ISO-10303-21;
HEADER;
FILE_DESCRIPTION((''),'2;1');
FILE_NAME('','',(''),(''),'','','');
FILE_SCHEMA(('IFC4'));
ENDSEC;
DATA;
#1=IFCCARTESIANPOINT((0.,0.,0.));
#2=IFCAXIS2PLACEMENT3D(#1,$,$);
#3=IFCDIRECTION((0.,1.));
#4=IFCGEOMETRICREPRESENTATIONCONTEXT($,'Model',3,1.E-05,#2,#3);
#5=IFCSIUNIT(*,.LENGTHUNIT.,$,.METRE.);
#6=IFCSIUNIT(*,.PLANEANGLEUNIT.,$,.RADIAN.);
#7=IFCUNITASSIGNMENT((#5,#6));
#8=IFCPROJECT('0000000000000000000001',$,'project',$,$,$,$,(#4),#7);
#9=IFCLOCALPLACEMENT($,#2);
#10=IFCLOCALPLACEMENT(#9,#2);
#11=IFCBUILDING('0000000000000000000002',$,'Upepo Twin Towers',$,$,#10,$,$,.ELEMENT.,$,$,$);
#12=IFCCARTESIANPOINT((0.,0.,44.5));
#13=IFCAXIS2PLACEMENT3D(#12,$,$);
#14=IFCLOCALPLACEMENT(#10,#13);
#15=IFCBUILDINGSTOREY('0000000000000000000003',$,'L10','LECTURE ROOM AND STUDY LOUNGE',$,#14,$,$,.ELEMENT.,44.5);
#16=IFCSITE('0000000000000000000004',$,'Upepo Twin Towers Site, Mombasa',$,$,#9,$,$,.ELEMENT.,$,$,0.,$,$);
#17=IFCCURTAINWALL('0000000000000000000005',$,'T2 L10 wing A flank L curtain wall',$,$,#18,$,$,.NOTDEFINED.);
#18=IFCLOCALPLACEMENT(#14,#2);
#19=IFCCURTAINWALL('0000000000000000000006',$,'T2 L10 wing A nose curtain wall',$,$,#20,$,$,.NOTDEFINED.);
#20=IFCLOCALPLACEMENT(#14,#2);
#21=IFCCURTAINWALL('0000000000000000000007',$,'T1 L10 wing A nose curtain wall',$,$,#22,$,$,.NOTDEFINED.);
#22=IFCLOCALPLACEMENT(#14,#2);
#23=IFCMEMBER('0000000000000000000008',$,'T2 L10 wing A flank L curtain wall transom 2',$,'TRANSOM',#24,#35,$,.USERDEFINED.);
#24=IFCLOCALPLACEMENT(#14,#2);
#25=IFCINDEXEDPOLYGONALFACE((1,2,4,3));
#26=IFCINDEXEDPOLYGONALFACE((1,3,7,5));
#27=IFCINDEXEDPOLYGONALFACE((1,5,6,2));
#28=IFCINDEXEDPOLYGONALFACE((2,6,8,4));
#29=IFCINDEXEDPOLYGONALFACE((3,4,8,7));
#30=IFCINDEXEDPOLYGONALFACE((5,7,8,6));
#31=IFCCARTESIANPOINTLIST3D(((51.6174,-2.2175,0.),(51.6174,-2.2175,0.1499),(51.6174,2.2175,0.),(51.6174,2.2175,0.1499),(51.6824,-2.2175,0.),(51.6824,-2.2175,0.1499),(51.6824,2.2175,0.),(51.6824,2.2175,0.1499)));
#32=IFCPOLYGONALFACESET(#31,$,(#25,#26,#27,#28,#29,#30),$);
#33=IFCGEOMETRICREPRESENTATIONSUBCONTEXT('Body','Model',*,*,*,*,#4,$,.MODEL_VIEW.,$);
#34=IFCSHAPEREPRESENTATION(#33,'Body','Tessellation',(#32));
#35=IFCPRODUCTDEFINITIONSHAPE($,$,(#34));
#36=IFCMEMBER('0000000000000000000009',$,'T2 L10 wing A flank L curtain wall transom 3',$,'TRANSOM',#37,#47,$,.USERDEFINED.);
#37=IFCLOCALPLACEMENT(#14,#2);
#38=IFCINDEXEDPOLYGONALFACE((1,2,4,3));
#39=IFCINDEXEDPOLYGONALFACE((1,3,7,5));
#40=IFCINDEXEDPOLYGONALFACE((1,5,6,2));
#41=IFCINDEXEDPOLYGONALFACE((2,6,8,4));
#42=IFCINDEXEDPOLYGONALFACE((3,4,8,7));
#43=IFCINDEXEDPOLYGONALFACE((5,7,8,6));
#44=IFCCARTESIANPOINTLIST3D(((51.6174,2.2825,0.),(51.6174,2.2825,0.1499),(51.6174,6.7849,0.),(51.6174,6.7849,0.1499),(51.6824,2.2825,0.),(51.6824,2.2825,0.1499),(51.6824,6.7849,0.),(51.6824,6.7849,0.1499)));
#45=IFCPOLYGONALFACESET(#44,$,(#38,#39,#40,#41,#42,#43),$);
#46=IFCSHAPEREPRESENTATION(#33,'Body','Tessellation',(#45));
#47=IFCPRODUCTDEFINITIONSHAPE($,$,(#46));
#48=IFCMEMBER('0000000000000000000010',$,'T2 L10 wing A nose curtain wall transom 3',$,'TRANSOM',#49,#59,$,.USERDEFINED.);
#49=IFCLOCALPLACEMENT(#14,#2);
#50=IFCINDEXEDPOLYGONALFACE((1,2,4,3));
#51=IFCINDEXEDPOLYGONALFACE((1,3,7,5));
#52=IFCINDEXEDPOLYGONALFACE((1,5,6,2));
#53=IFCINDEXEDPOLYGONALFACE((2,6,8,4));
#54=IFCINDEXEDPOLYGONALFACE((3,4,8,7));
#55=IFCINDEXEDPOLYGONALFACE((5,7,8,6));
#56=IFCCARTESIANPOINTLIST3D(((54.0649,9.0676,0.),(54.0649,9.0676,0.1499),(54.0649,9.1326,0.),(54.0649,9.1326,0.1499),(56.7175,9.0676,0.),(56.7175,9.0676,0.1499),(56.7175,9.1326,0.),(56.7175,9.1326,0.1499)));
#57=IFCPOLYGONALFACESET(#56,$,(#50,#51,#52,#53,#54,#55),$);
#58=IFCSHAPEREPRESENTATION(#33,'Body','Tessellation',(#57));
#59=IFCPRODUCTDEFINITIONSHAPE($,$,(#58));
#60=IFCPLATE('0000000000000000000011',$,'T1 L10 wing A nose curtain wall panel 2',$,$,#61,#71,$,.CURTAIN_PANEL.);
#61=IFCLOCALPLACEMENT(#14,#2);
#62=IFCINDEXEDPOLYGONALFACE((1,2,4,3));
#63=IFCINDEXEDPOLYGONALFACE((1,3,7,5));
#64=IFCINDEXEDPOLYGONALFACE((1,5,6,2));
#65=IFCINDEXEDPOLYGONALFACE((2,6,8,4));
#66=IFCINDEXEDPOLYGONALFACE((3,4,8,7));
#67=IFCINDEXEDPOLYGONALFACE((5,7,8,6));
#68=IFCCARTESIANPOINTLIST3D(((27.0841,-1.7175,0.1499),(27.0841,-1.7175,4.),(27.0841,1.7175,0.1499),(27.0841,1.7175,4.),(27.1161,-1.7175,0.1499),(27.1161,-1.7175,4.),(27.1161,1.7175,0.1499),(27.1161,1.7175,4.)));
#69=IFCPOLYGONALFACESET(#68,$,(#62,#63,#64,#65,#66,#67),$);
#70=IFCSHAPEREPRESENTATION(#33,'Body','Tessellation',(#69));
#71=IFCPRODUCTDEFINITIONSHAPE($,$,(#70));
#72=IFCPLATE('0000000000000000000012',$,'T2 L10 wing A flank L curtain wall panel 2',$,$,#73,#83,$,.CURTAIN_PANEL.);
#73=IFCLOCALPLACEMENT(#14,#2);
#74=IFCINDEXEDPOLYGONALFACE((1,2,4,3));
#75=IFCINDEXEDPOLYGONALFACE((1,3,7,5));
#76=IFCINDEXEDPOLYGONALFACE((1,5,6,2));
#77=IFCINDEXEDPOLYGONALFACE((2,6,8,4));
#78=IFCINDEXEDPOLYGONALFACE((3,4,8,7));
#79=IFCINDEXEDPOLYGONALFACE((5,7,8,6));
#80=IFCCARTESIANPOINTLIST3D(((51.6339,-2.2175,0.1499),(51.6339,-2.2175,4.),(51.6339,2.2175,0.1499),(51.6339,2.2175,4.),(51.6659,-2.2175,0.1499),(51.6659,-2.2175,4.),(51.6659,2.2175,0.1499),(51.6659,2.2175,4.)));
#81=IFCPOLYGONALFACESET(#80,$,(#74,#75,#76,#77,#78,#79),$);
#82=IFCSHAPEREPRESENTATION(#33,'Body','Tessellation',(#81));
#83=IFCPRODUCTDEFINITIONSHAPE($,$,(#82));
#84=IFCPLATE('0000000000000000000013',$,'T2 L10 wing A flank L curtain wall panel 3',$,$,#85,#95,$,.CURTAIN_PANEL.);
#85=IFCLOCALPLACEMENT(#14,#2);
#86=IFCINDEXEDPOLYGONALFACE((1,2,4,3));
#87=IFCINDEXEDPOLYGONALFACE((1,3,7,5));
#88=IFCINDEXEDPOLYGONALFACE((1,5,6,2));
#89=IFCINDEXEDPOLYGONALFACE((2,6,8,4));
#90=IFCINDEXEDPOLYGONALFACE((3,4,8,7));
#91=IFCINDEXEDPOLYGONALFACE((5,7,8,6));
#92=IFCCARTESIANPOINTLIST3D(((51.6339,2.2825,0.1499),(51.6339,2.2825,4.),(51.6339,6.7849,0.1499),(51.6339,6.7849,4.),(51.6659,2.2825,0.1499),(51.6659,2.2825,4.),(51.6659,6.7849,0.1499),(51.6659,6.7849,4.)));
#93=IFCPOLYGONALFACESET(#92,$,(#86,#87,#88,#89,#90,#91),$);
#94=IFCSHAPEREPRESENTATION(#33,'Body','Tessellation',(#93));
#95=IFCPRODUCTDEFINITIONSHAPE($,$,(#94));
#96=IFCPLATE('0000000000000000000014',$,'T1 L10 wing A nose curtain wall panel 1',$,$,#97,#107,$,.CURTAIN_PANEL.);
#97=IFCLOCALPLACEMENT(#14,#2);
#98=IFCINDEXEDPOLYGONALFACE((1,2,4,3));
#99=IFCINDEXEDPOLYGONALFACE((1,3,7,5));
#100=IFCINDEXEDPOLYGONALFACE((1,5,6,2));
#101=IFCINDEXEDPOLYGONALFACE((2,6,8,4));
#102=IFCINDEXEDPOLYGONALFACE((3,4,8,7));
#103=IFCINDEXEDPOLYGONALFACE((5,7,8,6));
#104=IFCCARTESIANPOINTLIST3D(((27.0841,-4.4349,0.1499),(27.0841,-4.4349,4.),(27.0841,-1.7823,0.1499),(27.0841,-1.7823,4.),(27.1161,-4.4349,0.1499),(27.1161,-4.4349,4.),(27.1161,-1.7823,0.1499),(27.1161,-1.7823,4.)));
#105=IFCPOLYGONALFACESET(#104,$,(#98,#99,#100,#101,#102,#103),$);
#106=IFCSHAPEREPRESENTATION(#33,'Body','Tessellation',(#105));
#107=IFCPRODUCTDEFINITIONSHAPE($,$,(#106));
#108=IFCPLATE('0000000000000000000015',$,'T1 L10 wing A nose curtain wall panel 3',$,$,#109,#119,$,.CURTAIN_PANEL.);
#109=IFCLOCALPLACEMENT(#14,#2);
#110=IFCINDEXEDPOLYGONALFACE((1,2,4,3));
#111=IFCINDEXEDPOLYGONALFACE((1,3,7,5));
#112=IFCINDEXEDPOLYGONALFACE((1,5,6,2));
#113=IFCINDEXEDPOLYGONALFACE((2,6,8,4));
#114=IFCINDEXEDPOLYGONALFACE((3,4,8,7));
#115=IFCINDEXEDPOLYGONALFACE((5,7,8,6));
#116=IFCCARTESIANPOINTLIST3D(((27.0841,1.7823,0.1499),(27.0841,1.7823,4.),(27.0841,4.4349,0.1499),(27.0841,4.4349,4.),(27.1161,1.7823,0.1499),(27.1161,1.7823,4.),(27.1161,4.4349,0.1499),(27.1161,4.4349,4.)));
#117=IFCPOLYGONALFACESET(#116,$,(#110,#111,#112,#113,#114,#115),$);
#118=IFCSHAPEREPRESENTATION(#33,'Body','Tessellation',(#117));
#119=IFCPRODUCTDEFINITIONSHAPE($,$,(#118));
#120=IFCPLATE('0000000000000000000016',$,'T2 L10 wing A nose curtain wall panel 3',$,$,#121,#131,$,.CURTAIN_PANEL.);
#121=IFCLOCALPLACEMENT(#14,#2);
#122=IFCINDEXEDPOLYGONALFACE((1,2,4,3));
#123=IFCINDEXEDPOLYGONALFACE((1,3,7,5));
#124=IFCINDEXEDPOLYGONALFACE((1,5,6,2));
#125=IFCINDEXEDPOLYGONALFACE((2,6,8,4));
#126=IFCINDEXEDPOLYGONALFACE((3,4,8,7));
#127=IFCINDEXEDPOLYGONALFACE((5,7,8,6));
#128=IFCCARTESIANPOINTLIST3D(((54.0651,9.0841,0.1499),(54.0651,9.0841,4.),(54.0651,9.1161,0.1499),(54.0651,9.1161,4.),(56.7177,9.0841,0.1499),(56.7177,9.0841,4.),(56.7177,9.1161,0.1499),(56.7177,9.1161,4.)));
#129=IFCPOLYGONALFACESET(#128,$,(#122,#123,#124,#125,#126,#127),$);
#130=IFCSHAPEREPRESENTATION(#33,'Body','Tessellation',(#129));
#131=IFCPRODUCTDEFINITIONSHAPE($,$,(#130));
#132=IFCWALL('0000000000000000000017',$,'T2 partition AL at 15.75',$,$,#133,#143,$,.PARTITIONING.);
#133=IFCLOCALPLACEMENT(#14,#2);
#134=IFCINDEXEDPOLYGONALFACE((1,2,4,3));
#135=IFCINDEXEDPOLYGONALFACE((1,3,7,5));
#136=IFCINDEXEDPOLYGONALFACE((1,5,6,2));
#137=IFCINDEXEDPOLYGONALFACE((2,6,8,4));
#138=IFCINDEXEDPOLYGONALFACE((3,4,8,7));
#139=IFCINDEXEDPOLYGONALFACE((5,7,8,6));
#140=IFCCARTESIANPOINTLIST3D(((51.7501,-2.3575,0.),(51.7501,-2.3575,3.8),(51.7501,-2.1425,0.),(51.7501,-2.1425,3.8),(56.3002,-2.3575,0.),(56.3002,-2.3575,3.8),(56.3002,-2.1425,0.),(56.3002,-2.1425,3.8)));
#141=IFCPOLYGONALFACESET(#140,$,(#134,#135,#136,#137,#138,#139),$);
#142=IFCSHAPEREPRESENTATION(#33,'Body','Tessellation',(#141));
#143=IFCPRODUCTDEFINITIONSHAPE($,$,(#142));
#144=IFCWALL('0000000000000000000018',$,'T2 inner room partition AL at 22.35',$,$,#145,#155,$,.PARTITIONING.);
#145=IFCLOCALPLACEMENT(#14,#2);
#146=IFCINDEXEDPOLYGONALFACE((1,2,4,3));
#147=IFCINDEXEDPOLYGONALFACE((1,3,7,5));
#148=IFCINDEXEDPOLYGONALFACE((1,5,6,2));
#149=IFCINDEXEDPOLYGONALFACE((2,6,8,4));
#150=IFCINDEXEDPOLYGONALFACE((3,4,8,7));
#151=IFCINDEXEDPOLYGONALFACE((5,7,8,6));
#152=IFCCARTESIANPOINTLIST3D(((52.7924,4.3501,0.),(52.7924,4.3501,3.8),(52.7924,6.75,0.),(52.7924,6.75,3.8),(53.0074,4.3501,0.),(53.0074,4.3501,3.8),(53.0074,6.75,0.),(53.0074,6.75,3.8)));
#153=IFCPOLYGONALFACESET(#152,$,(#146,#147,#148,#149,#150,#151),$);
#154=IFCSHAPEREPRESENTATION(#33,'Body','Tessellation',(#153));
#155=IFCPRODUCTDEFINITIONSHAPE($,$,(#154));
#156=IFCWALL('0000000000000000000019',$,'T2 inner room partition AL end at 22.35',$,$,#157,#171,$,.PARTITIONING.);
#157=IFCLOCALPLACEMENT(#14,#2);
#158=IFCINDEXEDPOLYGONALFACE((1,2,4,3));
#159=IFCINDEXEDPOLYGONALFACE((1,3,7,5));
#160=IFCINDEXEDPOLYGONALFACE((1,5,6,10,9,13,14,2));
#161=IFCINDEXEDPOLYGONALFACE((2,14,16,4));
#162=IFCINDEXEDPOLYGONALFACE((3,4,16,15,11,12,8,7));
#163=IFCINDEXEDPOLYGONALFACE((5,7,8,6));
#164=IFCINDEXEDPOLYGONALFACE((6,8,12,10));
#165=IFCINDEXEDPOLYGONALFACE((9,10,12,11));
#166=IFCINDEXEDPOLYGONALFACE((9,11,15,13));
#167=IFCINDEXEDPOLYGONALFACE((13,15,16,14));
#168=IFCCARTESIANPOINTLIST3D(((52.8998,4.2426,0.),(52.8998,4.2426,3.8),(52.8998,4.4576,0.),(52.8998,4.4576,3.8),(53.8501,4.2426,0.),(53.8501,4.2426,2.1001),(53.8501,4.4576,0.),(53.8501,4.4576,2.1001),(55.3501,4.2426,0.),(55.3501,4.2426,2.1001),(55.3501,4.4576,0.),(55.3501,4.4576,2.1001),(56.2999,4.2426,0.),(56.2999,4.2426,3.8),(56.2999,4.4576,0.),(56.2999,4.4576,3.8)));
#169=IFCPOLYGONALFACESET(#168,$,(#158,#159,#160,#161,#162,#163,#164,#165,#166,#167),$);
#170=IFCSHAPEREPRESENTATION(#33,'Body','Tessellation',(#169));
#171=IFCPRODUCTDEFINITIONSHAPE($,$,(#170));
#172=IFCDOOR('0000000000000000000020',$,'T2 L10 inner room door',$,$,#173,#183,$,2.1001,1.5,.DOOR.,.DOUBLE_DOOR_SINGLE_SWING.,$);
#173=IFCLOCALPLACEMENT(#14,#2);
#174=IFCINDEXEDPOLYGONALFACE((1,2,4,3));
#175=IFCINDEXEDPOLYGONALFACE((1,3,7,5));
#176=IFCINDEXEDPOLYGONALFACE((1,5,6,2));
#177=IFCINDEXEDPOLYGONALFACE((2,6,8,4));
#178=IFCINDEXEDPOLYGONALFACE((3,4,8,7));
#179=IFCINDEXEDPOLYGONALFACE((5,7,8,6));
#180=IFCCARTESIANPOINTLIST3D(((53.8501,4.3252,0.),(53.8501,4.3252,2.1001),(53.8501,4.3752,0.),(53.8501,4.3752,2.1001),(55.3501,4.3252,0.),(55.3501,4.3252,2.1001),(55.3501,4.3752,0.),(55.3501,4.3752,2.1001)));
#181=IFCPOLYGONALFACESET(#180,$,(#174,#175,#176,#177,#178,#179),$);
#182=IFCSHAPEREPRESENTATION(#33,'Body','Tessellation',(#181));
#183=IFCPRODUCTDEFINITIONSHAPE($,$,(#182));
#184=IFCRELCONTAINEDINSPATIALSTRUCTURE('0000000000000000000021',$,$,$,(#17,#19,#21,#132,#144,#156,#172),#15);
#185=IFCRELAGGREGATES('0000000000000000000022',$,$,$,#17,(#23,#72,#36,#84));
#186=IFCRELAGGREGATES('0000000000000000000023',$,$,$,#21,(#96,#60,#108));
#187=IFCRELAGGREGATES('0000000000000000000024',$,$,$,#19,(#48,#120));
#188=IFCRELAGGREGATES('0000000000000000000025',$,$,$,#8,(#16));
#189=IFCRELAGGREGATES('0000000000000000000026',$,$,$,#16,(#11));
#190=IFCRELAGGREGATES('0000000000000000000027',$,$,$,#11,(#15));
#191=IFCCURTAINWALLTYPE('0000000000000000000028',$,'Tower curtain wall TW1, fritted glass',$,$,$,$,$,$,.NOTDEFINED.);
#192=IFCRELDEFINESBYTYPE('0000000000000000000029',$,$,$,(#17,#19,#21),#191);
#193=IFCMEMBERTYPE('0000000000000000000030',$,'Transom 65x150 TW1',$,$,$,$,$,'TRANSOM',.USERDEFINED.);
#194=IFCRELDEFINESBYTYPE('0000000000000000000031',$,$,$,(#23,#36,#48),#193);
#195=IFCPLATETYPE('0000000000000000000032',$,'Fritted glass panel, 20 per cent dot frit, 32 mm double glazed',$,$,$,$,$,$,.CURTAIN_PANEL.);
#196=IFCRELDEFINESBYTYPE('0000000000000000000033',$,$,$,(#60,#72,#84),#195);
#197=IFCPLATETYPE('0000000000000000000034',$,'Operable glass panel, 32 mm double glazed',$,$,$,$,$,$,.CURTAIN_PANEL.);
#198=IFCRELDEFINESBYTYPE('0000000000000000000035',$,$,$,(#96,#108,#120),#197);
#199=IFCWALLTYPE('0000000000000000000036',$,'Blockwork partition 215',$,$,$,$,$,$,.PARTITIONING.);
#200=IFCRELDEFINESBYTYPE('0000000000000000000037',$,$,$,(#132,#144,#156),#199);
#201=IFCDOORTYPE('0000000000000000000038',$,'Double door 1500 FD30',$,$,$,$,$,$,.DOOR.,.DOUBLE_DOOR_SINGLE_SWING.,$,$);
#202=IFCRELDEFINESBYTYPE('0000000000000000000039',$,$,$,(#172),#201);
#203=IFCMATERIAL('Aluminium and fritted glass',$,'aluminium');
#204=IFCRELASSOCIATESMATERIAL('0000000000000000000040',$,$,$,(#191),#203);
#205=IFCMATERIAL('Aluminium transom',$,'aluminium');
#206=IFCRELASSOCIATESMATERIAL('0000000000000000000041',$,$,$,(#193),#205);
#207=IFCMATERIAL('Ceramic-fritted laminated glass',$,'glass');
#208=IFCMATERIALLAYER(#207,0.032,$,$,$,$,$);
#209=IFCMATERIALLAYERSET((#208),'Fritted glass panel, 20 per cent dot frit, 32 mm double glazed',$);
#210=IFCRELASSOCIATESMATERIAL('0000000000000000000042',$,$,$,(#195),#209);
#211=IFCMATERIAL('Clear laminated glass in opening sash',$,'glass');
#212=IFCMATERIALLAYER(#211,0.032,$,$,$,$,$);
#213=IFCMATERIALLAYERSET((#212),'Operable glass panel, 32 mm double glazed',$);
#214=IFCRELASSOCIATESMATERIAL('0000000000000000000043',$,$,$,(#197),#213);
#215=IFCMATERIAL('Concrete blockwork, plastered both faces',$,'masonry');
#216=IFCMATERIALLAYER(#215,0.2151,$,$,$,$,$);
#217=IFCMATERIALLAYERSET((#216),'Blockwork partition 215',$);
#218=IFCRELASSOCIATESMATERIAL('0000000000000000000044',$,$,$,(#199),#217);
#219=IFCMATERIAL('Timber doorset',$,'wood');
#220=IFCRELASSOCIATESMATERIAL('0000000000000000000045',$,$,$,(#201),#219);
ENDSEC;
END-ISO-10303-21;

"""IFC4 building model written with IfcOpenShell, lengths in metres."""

from ifc_helpers import new_model, si_unit, direction, frame, frame_2d, origin, origin_2d, place, context, subcontext, project, spatial, rectangle, extrude, material, layer, layer_set, material_profile, profile_set, type_object, element, fill, aggregate, save


model = new_model("IFC4")

# Units and contexts
model_context = context("Model", 3, precision=1e-05, world=origin(), true_north=direction((0.0, 1.0)))
body_context = subcontext(model_context, "Body", "Model", "MODEL_VIEW")
ifc_project = project(units=[si_unit("LENGTHUNIT", "METRE"), si_unit("PLANEANGLEUNIT", "RADIAN")], contexts=[model_context])

# Site, building, storey
site_placement = place(None, origin())
site = spatial("IfcSite", under=ifc_project, at=site_placement, Name="Upepo Twin Towers Site, Mombasa", CompositionType="ELEMENT", RefElevation=0.0)
building_placement = place(site_placement, origin())
building = spatial("IfcBuilding", under=site, at=building_placement, Name="Upepo Twin Towers", CompositionType="ELEMENT")
storey_placement = place(building_placement, frame((0.0, 0.0, 44.5)))
storey = spatial("IfcBuildingStorey", under=building, at=storey_placement, Name="L10", Description="LECTURE ROOM AND STUDY LOUNGE", CompositionType="ELEMENT", Elevation=44.5)

# Curtain walls
ifc_material_1 = material(Name="Aluminium and fritted glass", Category="aluminium")
curtain_wall_type = type_object("IfcCurtainWallType", Name="Tower curtain wall TW1, fritted glass", PredefinedType="NOTDEFINED", material=ifc_material_1)
curtain_wall_1_placement = place(storey_placement, origin())
curtain_wall_1 = element("IfcCurtainWall", 1, at=curtain_wall_1_placement, inside=storey, type_object=curtain_wall_type, Name="T2 L10 wing A flank L curtain wall", PredefinedType="NOTDEFINED")
curtain_wall_2_placement = place(storey_placement, origin())
curtain_wall_2 = element("IfcCurtainWall", 2, at=curtain_wall_2_placement, inside=storey, type_object=curtain_wall_type, Name="T2 L10 wing A nose curtain wall", PredefinedType="NOTDEFINED")
curtain_wall_3_placement = place(storey_placement, origin())
curtain_wall_3 = element("IfcCurtainWall", 3, at=curtain_wall_3_placement, inside=storey, type_object=curtain_wall_type, Name="T1 L10 wing A nose curtain wall", PredefinedType="NOTDEFINED")
ifc_material_2 = material(Name="Aluminium transom", Category="aluminium")
ifc_material_profile_1 = material_profile(ifc_material_2, rectangle(XDim=0.0649, YDim=0.1499, at=origin_2d()), Name="TRANSOM 65x150")
ifc_profile_set_1 = profile_set([ifc_material_profile_1], Name="Aluminium transom")
member_type_1 = type_object("IfcMemberType", Name="Transom 65x150 TW1", ElementType="TRANSOM", PredefinedType="USERDEFINED", material=ifc_profile_set_1)

# Members
member_1_placement = place(storey_placement, frame((51.6499, -2.2175, 0.075), z_axis=(0.0, 1.0, 0.0), x_axis=(-1.0, 0.0, 0.0)))
member_1 = element("IfcMember", 4, at=member_1_placement, type_object=member_type_1, Name="T2 L10 wing A flank L curtain wall transom 2", ObjectType="TRANSOM", PredefinedType="USERDEFINED", context=body_context, shape_type="SweptSolid", body=[
    extrude(rectangle(XDim=0.0649, YDim=0.1499, at=origin_2d()), origin(), (0.0, 0.0, 1.0), 4.4351),
])
member_2_placement = place(storey_placement, frame((51.6499, 2.2825, 0.075), z_axis=(0.0, 1.0, 0.0), x_axis=(-1.0, 0.0, 0.0)))
member_2 = element("IfcMember", 5, at=member_2_placement, type_object=member_type_1, Name="T2 L10 wing A flank L curtain wall transom 3", ObjectType="TRANSOM", PredefinedType="USERDEFINED", context=body_context, shape_type="SweptSolid", body=[
    extrude(rectangle(XDim=0.0649, YDim=0.1499, at=origin_2d()), origin(), (0.0, 0.0, 1.0), 4.5024),
])
member_3_placement = place(storey_placement, frame((56.7175, 9.1001, 0.075), z_axis=(-1.0, 0.0, 0.0), x_axis=(0.0, -1.0, 0.0)))
member_3 = element("IfcMember", 6, at=member_3_placement, type_object=member_type_1, Name="T2 L10 wing A nose curtain wall transom 3", ObjectType="TRANSOM", PredefinedType="USERDEFINED", context=body_context, shape_type="SweptSolid", body=[
    extrude(rectangle(XDim=0.0649, YDim=0.1499, at=origin_2d()), origin(), (0.0, 0.0, 1.0), 2.6526),
])

# Plates
ifc_material_3 = material(Name="Ceramic-fritted laminated glass", Category="glass")
ifc_layer_1 = layer(ifc_material_3, 0.032)
ifc_layer_set_1 = layer_set([ifc_layer_1], Name="Fritted glass panel, 20 per cent dot frit, 32 mm double glazed")
plate_type_1 = type_object("IfcPlateType", Name="Fritted glass panel, 20 per cent dot frit, 32 mm double glazed", PredefinedType="CURTAIN_PANEL", material=ifc_layer_set_1)
plate_1_placement = place(storey_placement, frame((27.1001, 0.0, 0.1499), z_axis=(0.0, 0.0, 1.0), x_axis=(0.0, 1.0, 0.0)))
plate_1 = element("IfcPlate", 7, at=plate_1_placement, type_object=plate_type_1, Name="T1 L10 wing A nose curtain wall panel 2", PredefinedType="CURTAIN_PANEL", context=body_context, shape_type="SweptSolid", body=[
    extrude(rectangle(XDim=3.4351, YDim=0.032, at=origin_2d()), origin(), (0.0, 0.0, 1.0), 3.8501),
])
plate_2_placement = place(storey_placement, frame((51.6499, 0.0, 0.1499), z_axis=(0.0, 0.0, 1.0), x_axis=(0.0, 1.0, 0.0)))
plate_2 = element("IfcPlate", 8, at=plate_2_placement, type_object=plate_type_1, Name="T2 L10 wing A flank L curtain wall panel 2", PredefinedType="CURTAIN_PANEL", context=body_context, shape_type="SweptSolid", body=[
    extrude(rectangle(XDim=4.4351, YDim=0.032, at=origin_2d()), origin(), (0.0, 0.0, 1.0), 3.8501),
])
plate_3_placement = place(storey_placement, frame((51.6499, 4.5337, 0.1499), z_axis=(0.0, 0.0, 1.0), x_axis=(0.0, 1.0, 0.0)))
plate_3 = element("IfcPlate", 9, at=plate_3_placement, type_object=plate_type_1, Name="T2 L10 wing A flank L curtain wall panel 3", PredefinedType="CURTAIN_PANEL", context=body_context, shape_type="SweptSolid", body=[
    extrude(rectangle(XDim=4.5024, YDim=0.032, at=origin_2d()), origin(), (0.0, 0.0, 1.0), 3.8501),
])
aggregate(curtain_wall_1, [member_1, plate_2, member_2, plate_3])
ifc_material_4 = material(Name="Clear laminated glass in opening sash", Category="glass")
ifc_layer_2 = layer(ifc_material_4, 0.032)
ifc_layer_set_2 = layer_set([ifc_layer_2], Name="Operable glass panel, 32 mm double glazed")
plate_type_2 = type_object("IfcPlateType", Name="Operable glass panel, 32 mm double glazed", PredefinedType="CURTAIN_PANEL", material=ifc_layer_set_2)
plate_4_placement = place(storey_placement, frame((27.1001, -3.1086, 0.1499), z_axis=(0.0, 0.0, 1.0), x_axis=(0.0, 1.0, 0.0)))
plate_4 = element("IfcPlate", 10, at=plate_4_placement, type_object=plate_type_2, Name="T1 L10 wing A nose curtain wall panel 1", PredefinedType="CURTAIN_PANEL", context=body_context, shape_type="SweptSolid", body=[
    extrude(rectangle(XDim=2.6526, YDim=0.032, at=origin_2d()), origin(), (0.0, 0.0, 1.0), 3.8501),
])
plate_5_placement = place(storey_placement, frame((27.1001, 3.1086, 0.1499), z_axis=(0.0, 0.0, 1.0), x_axis=(0.0, 1.0, 0.0)))
plate_5 = element("IfcPlate", 11, at=plate_5_placement, type_object=plate_type_2, Name="T1 L10 wing A nose curtain wall panel 3", PredefinedType="CURTAIN_PANEL", context=body_context, shape_type="SweptSolid", body=[
    extrude(rectangle(XDim=2.6526, YDim=0.032, at=origin_2d()), origin(), (0.0, 0.0, 1.0), 3.8501),
])
aggregate(curtain_wall_3, [plate_4, plate_1, plate_5])
plate_6_placement = place(storey_placement, frame((55.3914, 9.1001, 0.1499), z_axis=(0.0, 0.0, 1.0), x_axis=(-1.0, 0.0, 0.0)))
plate_6 = element("IfcPlate", 12, at=plate_6_placement, type_object=plate_type_2, Name="T2 L10 wing A nose curtain wall panel 3", PredefinedType="CURTAIN_PANEL", context=body_context, shape_type="SweptSolid", body=[
    extrude(rectangle(XDim=2.6526, YDim=0.032, at=origin_2d()), origin(), (0.0, 0.0, 1.0), 3.8501),
])
aggregate(curtain_wall_2, [member_3, plate_6])

# Walls
ifc_material_5 = material(Name="Concrete blockwork, plastered both faces", Category="masonry")
ifc_layer_3 = layer(ifc_material_5, 0.2151)
ifc_layer_set_3 = layer_set([ifc_layer_3], Name="Blockwork partition 215")
wall_type_1 = type_object("IfcWallType", Name="Blockwork partition 215", PredefinedType="PARTITIONING", material=ifc_layer_set_3)
wall_1_placement = place(storey_placement, frame((56.3, -2.25, 0.0), z_axis=(0.0, 0.0, 1.0), x_axis=(-1.0, 0.0, 0.0)))
element("IfcWall", 13, at=wall_1_placement, inside=storey, type_object=wall_type_1, Name="T2 partition AL at 15.75", PredefinedType="PARTITIONING", context=body_context, shape_type="SweptSolid", body=[
    extrude(rectangle(XDim=4.55, YDim=0.2151, at=frame_2d((2.2749, 0.0))), origin(), (0.0, 0.0, 1.0), 3.8),
])
wall_2_placement = place(storey_placement, frame((52.8999, 4.3501, 0.0), z_axis=(0.0, 0.0, 1.0), x_axis=(0.0, 1.0, 0.0)))
element("IfcWall", 14, at=wall_2_placement, inside=storey, type_object=wall_type_1, Name="T2 inner room partition AL at 22.35", PredefinedType="PARTITIONING", context=body_context, shape_type="SweptSolid", body=[
    extrude(rectangle(XDim=2.3999, YDim=0.2151, at=frame_2d((1.2, 0.0))), origin(), (0.0, 0.0, 1.0), 3.8),
])

# Wall, opening, door
wall_3_placement = place(storey_placement, frame((56.3, 4.3501, 0.0), z_axis=(0.0, 0.0, 1.0), x_axis=(-1.0, 0.0, 0.0)))
wall_3 = element("IfcWall", 15, at=wall_3_placement, inside=storey, type_object=wall_type_1, Name="T2 inner room partition AL end at 22.35", PredefinedType="PARTITIONING", context=body_context, shape_type="SweptSolid", body=[
    extrude(rectangle(XDim=3.4001, YDim=0.2151, at=frame_2d((1.7002, 0.0))), origin(), (0.0, 0.0, 1.0), 3.8),
])
opening_placement = place(wall_3_placement, frame((0.95, 0.0, 0.0)))
opening = element("IfcOpeningElement", 16, at=opening_placement, cuts=wall_3, PredefinedType="OPENING", context=body_context, shape_type="SweptSolid", body=[
    extrude(rectangle(XDim=1.5, YDim=2.1001, at=frame_2d((0.75, 1.05))), frame((0.0, 0.1174, 0.0), z_axis=(0.0, -1.0, 0.0), x_axis=(1.0, 0.0, 0.0)), (0.0, 0.0, 1.0), 0.2351),
])
ifc_material_6 = material(Name="Timber doorset", Category="wood")
door_type = type_object("IfcDoorType", Name="Double door 1500 FD30", OperationType="DOUBLE_DOOR_SINGLE_SWING", PredefinedType="DOOR", material=ifc_material_6)
door_placement = place(opening_placement, origin())
door = element("IfcDoor", 17, at=door_placement, inside=storey, type_object=door_type, Name="T2 L10 inner room door", OperationType="DOUBLE_DOOR_SINGLE_SWING", OverallHeight=2.1001, OverallWidth=1.5, PredefinedType="DOOR", context=body_context, shape_type="SweptSolid", body=[
    extrude(rectangle(XDim=1.5, YDim=2.1001, at=frame_2d((0.75, 1.05))), frame((0.0, 0.0249, 0.0), z_axis=(0.0, -1.0, 0.0), x_axis=(1.0, 0.0, 0.0)), (0.0, 0.0, 1.0), 0.05),
])
fill(opening, door)

save(model, "model.ifc")
